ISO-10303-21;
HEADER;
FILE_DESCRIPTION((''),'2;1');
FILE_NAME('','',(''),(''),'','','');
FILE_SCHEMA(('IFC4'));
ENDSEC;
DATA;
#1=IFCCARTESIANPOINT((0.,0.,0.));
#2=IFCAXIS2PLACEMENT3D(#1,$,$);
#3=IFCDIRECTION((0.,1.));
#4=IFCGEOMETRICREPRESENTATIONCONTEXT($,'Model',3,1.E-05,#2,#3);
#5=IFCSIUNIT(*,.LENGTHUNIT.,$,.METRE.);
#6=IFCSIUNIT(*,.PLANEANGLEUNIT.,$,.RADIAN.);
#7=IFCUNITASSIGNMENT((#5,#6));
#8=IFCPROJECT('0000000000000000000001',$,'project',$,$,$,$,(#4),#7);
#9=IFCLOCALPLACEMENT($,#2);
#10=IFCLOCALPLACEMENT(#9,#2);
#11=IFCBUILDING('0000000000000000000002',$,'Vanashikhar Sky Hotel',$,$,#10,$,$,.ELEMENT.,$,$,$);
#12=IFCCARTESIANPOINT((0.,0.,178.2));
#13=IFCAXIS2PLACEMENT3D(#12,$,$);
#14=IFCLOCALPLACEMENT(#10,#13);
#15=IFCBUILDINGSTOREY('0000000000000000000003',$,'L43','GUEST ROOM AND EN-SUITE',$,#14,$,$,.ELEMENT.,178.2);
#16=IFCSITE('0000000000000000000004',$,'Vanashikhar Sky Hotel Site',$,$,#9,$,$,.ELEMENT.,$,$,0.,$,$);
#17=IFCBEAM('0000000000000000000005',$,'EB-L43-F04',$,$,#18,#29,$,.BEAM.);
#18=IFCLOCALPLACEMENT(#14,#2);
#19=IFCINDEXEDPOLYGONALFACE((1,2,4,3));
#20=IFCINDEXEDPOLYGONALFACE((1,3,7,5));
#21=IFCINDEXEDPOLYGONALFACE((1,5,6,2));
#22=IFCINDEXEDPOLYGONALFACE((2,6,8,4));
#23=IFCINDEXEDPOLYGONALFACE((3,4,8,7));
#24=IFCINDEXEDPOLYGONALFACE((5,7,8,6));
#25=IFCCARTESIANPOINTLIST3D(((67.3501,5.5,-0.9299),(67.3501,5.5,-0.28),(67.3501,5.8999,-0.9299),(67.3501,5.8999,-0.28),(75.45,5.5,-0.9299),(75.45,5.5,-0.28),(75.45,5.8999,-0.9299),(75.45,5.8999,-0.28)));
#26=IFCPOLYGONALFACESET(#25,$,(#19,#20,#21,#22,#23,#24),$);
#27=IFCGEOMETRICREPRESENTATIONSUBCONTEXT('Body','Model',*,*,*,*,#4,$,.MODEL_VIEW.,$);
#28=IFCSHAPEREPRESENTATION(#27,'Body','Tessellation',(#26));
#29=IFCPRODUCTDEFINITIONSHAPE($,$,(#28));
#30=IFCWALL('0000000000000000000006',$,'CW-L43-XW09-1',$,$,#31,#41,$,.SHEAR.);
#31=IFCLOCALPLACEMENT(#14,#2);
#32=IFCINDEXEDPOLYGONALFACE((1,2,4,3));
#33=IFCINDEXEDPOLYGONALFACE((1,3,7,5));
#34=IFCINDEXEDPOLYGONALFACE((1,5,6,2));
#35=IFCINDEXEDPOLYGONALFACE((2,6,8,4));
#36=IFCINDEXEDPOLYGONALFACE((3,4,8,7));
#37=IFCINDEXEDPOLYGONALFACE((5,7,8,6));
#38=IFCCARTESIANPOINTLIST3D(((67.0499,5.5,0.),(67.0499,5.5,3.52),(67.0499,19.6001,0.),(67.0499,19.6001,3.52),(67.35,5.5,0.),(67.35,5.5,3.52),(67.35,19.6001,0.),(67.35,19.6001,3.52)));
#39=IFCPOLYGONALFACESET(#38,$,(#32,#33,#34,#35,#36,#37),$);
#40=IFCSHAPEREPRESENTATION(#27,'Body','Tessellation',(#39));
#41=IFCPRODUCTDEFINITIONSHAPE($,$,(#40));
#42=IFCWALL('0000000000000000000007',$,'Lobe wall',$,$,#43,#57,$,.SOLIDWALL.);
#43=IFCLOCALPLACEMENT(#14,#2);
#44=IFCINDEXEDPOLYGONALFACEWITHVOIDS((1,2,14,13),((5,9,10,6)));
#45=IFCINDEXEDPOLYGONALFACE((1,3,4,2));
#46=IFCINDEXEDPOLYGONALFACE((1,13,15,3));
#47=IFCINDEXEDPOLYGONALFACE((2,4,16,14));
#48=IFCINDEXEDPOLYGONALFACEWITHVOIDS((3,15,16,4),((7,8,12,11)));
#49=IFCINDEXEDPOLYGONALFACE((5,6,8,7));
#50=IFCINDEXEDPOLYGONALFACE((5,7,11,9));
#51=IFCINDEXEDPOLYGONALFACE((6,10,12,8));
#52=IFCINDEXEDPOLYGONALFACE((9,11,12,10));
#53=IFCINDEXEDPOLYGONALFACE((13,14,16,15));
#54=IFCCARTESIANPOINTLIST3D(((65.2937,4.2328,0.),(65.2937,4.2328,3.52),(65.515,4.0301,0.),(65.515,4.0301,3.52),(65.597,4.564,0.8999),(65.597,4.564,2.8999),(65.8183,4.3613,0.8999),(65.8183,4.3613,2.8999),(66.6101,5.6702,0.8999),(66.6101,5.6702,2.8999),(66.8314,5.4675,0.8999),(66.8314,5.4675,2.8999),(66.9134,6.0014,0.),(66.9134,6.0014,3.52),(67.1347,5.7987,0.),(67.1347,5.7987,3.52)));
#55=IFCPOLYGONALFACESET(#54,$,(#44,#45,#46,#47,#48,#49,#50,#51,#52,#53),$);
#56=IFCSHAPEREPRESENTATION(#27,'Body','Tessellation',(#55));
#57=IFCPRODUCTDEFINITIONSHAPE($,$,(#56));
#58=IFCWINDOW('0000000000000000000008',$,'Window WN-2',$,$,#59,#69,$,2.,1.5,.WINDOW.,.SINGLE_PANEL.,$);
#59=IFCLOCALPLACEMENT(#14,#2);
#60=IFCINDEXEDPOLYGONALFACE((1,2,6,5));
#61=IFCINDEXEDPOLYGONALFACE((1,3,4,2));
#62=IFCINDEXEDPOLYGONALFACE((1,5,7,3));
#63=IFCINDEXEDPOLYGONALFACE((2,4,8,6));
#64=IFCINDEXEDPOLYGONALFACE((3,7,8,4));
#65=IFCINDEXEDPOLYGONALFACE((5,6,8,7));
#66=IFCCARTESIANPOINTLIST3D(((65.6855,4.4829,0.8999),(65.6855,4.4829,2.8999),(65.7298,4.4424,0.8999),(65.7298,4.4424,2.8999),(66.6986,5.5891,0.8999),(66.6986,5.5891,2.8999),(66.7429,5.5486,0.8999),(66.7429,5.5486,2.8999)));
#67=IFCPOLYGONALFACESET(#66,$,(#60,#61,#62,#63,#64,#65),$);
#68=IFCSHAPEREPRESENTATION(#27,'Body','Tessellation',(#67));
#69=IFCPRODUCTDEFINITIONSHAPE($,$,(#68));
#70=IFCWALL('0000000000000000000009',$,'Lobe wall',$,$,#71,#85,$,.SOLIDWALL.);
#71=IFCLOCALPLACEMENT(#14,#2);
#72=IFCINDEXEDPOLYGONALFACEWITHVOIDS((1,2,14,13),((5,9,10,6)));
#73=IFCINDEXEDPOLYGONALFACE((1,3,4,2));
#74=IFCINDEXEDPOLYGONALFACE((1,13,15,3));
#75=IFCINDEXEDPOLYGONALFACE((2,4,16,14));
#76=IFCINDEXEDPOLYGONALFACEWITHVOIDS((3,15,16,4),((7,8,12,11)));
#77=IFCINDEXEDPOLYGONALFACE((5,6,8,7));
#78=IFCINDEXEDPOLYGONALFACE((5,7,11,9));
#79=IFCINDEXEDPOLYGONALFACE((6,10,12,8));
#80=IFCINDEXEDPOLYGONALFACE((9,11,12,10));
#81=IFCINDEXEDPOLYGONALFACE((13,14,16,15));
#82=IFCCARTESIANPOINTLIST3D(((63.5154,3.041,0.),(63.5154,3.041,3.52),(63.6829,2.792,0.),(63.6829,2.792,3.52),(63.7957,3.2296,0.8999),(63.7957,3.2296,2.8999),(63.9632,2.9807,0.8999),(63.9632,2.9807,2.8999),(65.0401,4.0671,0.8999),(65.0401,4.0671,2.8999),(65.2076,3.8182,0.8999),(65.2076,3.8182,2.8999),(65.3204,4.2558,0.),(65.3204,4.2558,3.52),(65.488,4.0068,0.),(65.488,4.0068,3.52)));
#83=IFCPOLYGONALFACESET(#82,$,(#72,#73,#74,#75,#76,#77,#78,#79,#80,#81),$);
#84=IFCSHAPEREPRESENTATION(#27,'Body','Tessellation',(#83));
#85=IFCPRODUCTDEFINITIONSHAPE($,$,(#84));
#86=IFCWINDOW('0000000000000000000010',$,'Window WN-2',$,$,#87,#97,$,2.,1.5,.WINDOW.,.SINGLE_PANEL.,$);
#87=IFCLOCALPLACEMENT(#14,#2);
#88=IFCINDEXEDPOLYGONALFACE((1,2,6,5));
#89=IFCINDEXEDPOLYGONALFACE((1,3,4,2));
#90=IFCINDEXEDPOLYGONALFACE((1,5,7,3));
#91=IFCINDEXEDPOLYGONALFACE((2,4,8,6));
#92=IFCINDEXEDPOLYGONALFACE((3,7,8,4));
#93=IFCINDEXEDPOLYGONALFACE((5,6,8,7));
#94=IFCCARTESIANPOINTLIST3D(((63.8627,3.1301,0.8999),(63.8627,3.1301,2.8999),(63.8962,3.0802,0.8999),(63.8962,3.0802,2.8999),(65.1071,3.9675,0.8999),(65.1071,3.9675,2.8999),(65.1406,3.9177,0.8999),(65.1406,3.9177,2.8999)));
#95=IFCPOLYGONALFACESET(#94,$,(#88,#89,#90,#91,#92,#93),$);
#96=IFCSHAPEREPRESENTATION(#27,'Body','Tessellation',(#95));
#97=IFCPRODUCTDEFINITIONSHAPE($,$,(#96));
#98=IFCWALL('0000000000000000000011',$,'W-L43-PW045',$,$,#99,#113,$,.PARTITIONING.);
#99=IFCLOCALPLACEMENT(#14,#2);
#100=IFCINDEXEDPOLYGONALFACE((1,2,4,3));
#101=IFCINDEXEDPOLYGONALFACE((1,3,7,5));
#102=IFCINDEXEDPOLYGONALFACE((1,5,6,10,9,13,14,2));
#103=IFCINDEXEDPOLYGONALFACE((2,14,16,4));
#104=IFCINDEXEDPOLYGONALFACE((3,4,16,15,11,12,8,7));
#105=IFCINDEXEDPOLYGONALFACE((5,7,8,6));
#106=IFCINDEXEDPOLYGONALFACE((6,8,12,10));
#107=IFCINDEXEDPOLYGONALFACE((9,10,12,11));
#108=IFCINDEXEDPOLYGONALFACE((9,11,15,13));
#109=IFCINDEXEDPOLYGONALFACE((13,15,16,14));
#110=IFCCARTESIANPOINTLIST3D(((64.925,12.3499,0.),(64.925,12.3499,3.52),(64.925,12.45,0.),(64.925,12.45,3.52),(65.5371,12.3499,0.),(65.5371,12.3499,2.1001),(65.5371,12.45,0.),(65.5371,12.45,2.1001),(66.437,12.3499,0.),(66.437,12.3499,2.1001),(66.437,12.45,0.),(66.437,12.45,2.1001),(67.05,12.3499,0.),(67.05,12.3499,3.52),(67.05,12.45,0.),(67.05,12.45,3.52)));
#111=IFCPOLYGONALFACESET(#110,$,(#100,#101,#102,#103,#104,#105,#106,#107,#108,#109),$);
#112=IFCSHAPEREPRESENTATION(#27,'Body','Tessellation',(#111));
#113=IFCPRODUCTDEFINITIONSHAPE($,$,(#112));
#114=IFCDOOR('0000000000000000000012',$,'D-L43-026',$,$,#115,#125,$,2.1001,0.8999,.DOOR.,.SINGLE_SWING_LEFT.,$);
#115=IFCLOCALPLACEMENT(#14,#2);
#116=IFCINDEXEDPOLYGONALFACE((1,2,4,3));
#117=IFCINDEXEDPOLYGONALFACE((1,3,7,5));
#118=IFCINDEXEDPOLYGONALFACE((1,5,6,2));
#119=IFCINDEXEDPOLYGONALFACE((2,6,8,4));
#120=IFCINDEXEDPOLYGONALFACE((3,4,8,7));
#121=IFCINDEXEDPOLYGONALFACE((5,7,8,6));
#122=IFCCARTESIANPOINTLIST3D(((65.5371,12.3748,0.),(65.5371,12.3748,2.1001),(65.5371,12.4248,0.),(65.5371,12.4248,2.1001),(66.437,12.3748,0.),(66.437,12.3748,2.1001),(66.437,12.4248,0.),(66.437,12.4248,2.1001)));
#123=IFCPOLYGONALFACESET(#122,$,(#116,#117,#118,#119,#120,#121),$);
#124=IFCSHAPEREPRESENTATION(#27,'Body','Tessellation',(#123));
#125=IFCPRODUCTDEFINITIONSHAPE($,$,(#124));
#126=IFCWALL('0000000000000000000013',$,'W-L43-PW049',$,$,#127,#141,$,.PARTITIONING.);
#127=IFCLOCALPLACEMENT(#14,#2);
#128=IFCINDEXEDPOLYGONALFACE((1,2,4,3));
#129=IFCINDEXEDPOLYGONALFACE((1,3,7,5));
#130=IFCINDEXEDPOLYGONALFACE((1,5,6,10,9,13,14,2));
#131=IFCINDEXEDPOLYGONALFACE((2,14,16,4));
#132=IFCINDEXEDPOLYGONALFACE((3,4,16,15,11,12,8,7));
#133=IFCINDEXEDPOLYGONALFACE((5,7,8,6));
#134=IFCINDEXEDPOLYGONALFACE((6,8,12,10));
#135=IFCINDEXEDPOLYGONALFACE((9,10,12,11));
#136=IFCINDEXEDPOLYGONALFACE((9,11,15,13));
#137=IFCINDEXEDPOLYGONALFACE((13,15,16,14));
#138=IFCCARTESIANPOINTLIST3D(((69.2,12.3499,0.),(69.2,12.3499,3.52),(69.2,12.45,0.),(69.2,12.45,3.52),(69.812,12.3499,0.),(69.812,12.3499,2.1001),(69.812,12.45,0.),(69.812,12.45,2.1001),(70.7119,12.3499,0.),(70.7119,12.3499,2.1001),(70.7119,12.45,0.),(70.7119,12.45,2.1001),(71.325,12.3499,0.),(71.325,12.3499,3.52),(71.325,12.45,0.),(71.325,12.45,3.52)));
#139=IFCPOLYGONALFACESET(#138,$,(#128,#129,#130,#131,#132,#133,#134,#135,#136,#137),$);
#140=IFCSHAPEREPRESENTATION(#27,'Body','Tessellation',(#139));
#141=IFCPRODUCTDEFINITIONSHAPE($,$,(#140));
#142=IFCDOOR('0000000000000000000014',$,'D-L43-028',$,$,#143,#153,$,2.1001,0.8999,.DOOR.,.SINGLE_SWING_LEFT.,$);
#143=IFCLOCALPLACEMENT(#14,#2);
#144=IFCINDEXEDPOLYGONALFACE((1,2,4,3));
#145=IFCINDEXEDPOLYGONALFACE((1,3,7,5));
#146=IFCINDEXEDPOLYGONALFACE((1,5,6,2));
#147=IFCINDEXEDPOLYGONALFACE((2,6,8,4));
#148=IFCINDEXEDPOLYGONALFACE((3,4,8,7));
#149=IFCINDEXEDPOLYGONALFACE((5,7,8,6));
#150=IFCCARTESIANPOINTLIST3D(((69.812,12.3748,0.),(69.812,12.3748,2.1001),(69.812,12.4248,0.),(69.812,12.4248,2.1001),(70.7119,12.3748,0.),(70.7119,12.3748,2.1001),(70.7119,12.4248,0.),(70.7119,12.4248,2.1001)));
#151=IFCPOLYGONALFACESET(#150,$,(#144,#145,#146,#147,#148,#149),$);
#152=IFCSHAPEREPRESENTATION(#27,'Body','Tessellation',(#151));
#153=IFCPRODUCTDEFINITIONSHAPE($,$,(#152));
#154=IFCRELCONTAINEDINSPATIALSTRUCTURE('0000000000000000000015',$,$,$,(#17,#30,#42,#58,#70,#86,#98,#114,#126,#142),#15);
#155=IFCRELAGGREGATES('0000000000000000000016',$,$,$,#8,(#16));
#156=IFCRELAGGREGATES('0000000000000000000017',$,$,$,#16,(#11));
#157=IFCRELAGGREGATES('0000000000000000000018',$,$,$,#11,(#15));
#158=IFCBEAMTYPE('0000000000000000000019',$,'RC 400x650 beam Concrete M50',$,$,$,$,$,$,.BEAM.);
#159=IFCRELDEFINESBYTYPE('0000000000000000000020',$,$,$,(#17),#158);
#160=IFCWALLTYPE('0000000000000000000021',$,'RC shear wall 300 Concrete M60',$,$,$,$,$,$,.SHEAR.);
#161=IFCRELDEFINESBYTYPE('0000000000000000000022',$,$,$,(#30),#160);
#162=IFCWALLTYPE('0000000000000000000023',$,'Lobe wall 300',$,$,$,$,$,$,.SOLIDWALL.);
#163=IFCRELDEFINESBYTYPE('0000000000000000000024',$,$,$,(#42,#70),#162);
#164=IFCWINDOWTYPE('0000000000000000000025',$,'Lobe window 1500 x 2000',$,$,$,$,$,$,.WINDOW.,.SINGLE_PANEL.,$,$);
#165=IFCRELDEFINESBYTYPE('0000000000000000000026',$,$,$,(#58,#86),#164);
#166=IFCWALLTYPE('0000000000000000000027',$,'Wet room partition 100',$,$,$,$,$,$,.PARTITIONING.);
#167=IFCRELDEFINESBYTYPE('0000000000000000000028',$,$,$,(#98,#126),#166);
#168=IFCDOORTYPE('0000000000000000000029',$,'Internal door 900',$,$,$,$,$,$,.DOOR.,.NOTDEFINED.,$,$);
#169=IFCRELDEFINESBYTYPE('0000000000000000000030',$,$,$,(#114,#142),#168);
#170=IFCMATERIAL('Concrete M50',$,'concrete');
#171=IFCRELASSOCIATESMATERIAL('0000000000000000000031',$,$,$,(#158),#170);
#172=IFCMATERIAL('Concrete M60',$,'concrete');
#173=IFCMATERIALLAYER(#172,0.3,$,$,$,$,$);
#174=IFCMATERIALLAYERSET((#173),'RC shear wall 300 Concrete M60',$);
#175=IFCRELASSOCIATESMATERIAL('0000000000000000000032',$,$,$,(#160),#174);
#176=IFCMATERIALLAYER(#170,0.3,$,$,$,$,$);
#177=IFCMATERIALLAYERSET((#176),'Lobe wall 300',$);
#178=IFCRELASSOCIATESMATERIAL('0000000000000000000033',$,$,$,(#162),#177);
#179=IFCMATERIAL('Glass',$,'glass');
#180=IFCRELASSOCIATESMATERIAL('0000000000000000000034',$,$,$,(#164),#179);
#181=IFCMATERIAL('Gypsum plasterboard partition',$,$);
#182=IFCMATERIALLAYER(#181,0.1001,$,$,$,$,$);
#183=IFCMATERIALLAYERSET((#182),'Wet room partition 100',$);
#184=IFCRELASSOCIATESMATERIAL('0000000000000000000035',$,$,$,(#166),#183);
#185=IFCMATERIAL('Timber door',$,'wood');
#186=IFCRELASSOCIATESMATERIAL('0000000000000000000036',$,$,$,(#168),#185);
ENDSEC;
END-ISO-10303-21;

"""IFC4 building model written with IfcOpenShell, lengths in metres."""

from ifc_helpers import new_model, si_unit, direction, frame, frame_2d, origin, origin_2d, place, context, subcontext, project, spatial, rectangle, extrude, source, transform, mapped, material, layer, layer_set, material_profile, profile_set, type_object, element, fill, save


model = new_model("IFC4")

# Units and contexts
model_context = context("Model", 3, precision=1e-05, world=origin(), true_north=direction((0.0, 1.0)))
body_context = subcontext(model_context, "Body", "Model", "MODEL_VIEW")
ifc_project = project(units=[si_unit("LENGTHUNIT", "METRE"), si_unit("PLANEANGLEUNIT", "RADIAN")], contexts=[model_context])

# Site, building, storey
site_placement = place(None, origin())
site = spatial("IfcSite", under=ifc_project, at=site_placement, Name="Vanashikhar Sky Hotel Site", CompositionType="ELEMENT", RefElevation=0.0)
building_placement = place(site_placement, origin())
building = spatial("IfcBuilding", under=site, at=building_placement, Name="Vanashikhar Sky Hotel", CompositionType="ELEMENT")
storey_placement = place(building_placement, frame((0.0, 0.0, 178.2)))
storey = spatial("IfcBuildingStorey", under=building, at=storey_placement, Name="L43", Description="GUEST ROOM AND EN-SUITE", CompositionType="ELEMENT", Elevation=178.2)

# Beam
ifc_material_1 = material(Name="Concrete M50", Category="concrete")
ifc_material_profile_1 = material_profile(ifc_material_1, rectangle(XDim=0.3999, YDim=0.6499, at=origin_2d()))
ifc_profile_set_1 = profile_set([ifc_material_profile_1], Name="RC 400x650 beam Concrete M50")
beam_type = type_object("IfcBeamType", Name="RC 400x650 beam Concrete M50", PredefinedType="BEAM", material=ifc_profile_set_1)
shared_shape_1 = source(origin(), body_context, "Body", "SweptSolid", [
    extrude(rectangle(XDim=0.3999, YDim=0.6499, at=origin_2d()), origin(), (0.0, 0.0, 1.0), 8.0999),
])
beam_placement = place(storey_placement, frame((67.3501, 5.7, -0.605), z_axis=(1.0, 0.0, 0.0), x_axis=(0.0, 1.0, 0.0)))
element("IfcBeam", 1, at=beam_placement, inside=storey, type_object=beam_type, Name="EB-L43-F04", PredefinedType="BEAM", context=body_context, shape_type="MappedRepresentation", body=[
    mapped(shared_shape_1, transform((0.0, 0.0, 0.0), scale=1.0)),
])

# Wall
ifc_material_2 = material(Name="Concrete M60", Category="concrete")
ifc_layer_1 = layer(ifc_material_2, 0.3)
ifc_layer_set_1 = layer_set([ifc_layer_1], Name="RC shear wall 300 Concrete M60")
wall_type_1 = type_object("IfcWallType", Name="RC shear wall 300 Concrete M60", PredefinedType="SHEAR", material=ifc_layer_set_1)
shared_shape_2 = source(origin(), body_context, "Body", "SweptSolid", [
    extrude(rectangle(XDim=14.1001, YDim=0.3, at=frame_2d((7.05, 0.0))), origin(), (0.0, 0.0, 1.0), 3.52),
])
wall_1_placement = place(storey_placement, frame((67.2, 5.5, 0.0), z_axis=(0.0, 0.0, 1.0), x_axis=(0.0, 1.0, 0.0)))
element("IfcWall", 2, at=wall_1_placement, inside=storey, type_object=wall_type_1, Name="CW-L43-XW09-1", PredefinedType="SHEAR", context=body_context, shape_type="MappedRepresentation", body=[
    mapped(shared_shape_2, transform((0.0, 0.0, 0.0), scale=1.0)),
])

# Walls, openings, windows
ifc_layer_2 = layer(ifc_material_1, 0.3)
ifc_layer_set_2 = layer_set([ifc_layer_2], Name="Lobe wall 300")
wall_type_2 = type_object("IfcWallType", Name="Lobe wall 300", PredefinedType="SOLIDWALL", material=ifc_layer_set_2)
shared_shape_3 = source(origin(), body_context, "Body", "SweptSolid", [
    extrude(rectangle(XDim=2.3982, YDim=0.3, at=frame_2d((1.1992, 0.0))), origin(), (0.0, 0.0, 1.0), 3.52),
])
wall_2_placement = place(storey_placement, frame((65.4043, 4.1313, 0.0), z_axis=(0.0, 0.0, 1.0), x_axis=(0.675374, 0.737475, 0.0)))
wall_2 = element("IfcWall", 3, at=wall_2_placement, inside=storey, type_object=wall_type_2, Name="Lobe wall", PredefinedType="SOLIDWALL", context=body_context, shape_type="MappedRepresentation", body=[
    mapped(shared_shape_3, transform((0.0, 0.0, 0.0), scale=1.0)),
])
shared_shape_4 = source(origin(), body_context, "Body", "SweptSolid", [
    extrude(rectangle(XDim=1.5, YDim=2.0, at=frame_2d((0.75, 1.0))), frame((0.0, 0.1602, 0.0), z_axis=(0.0, -1.0, 0.0), x_axis=(1.0, 0.0, 0.0)), (0.0, 0.0, 1.0), 0.3201),
])
opening_1_placement = place(wall_2_placement, frame((0.4492, 0.0, 0.8999)))
opening_1 = element("IfcOpeningElement", 4, at=opening_1_placement, cuts=wall_2, PredefinedType="OPENING", context=body_context, shape_type="MappedRepresentation", body=[
    mapped(shared_shape_4, transform((0.0, 0.0, 0.0), scale=1.0)),
])
ifc_material_3 = material(Name="Glass", Category="glass")
window_type_1 = type_object("IfcWindowType", Name="Lobe window 1500 x 2000", PartitioningType="SINGLE_PANEL", PredefinedType="WINDOW", material=ifc_material_3)
shared_shape_5 = source(origin(), body_context, "Body", "SweptSolid", [
    extrude(rectangle(XDim=1.5, YDim=2.0, at=frame_2d((0.75, 1.0))), frame((0.0, 0.03, 0.0), z_axis=(0.0, -1.0, 0.0), x_axis=(1.0, 0.0, 0.0)), (0.0, 0.0, 1.0), 0.0601),
])
window_1_placement = place(opening_1_placement, origin())
window_1 = element("IfcWindow", 5, at=window_1_placement, inside=storey, type_object=window_type_1, Name="Window WN-2", OverallHeight=2.0, OverallWidth=1.5, PartitioningType="SINGLE_PANEL", PredefinedType="WINDOW", context=body_context, shape_type="MappedRepresentation", body=[
    mapped(shared_shape_5, transform((0.0, 0.0, 0.0), scale=1.0)),
])
fill(opening_1, window_1)
shared_shape_6 = source(origin(), body_context, "Body", "SweptSolid", [
    extrude(rectangle(XDim=2.1758, YDim=0.3, at=frame_2d((1.0879, 0.0))), origin(), (0.0, 0.0, 1.0), 3.52),
])
wall_3_placement = place(storey_placement, frame((63.5991, 2.9165, 0.0), z_axis=(0.0, 0.0, 1.0), x_axis=(0.829626, 0.55832, 0.0)))
wall_3 = element("IfcWall", 6, at=wall_3_placement, inside=storey, type_object=wall_type_2, Name="Lobe wall", PredefinedType="SOLIDWALL", context=body_context, shape_type="MappedRepresentation", body=[
    mapped(shared_shape_6, transform((0.0, 0.0, 0.0), scale=1.0)),
])
opening_2_placement = place(wall_3_placement, frame((0.3379, 0.0, 0.8999)))
opening_2 = element("IfcOpeningElement", 7, at=opening_2_placement, cuts=wall_3, PredefinedType="OPENING", context=body_context, shape_type="MappedRepresentation", body=[
    mapped(shared_shape_4, transform((0.0, 0.0, 0.0), scale=1.0)),
])
window_2_placement = place(opening_2_placement, origin())
window_2 = element("IfcWindow", 8, at=window_2_placement, inside=storey, type_object=window_type_1, Name="Window WN-2", OverallHeight=2.0, OverallWidth=1.5, PartitioningType="SINGLE_PANEL", PredefinedType="WINDOW", context=body_context, shape_type="MappedRepresentation", body=[
    mapped(shared_shape_5, transform((0.0, 0.0, 0.0), scale=1.0)),
])
fill(opening_2, window_2)

# Walls, openings, doors
ifc_material_4 = material(Name="Gypsum plasterboard partition")
ifc_layer_3 = layer(ifc_material_4, 0.1001)
ifc_layer_set_3 = layer_set([ifc_layer_3], Name="Wet room partition 100")
wall_type_3 = type_object("IfcWallType", Name="Wet room partition 100", PredefinedType="PARTITIONING", material=ifc_layer_set_3)
shared_shape_7 = source(origin(), body_context, "Body", "SweptSolid", [
    extrude(rectangle(XDim=2.125, YDim=0.1001, at=frame_2d((1.0625, 0.0))), origin(), (0.0, 0.0, 1.0), 3.52),
])
wall_4_placement = place(storey_placement, frame((64.925, 12.3999, 0.0), z_axis=(0.0, 0.0, 1.0), x_axis=(1.0, 0.0, 0.0)))
wall_4 = element("IfcWall", 9, at=wall_4_placement, inside=storey, type_object=wall_type_3, Name="W-L43-PW045", PredefinedType="PARTITIONING", context=body_context, shape_type="MappedRepresentation", body=[
    mapped(shared_shape_7, transform((0.0, 0.0, 0.0), scale=1.0)),
])
shared_shape_8 = source(origin(), body_context, "Body", "SweptSolid", [
    extrude(rectangle(XDim=0.8999, YDim=2.1001, at=frame_2d((0.45, 1.05))), frame((0.0, 0.0601, 0.0), z_axis=(0.0, -1.0, 0.0), x_axis=(1.0, 0.0, 0.0)), (0.0, 0.0, 1.0), 0.1201),
])
opening_3_placement = place(wall_4_placement, frame((0.6121, 0.0, 0.0)))
opening_3 = element("IfcOpeningElement", 10, at=opening_3_placement, cuts=wall_4, PredefinedType="OPENING", context=body_context, shape_type="MappedRepresentation", body=[
    mapped(shared_shape_8, transform((0.0, 0.0, 0.0), scale=1.0)),
])
ifc_material_5 = material(Name="Timber door", Category="wood")
door_type_1 = type_object("IfcDoorType", Name="Internal door 900", OperationType="NOTDEFINED", PredefinedType="DOOR", material=ifc_material_5)
shared_shape_9 = source(origin(), body_context, "Body", "SweptSolid", [
    extrude(rectangle(XDim=0.8999, YDim=2.1001, at=frame_2d((0.45, 1.05))), frame((0.0, 0.0249, 0.0), z_axis=(0.0, -1.0, 0.0), x_axis=(1.0, 0.0, 0.0)), (0.0, 0.0, 1.0), 0.05),
])
door_1_placement = place(opening_3_placement, origin())
door_1 = element("IfcDoor", 11, at=door_1_placement, inside=storey, type_object=door_type_1, Name="D-L43-026", OperationType="SINGLE_SWING_LEFT", OverallHeight=2.1001, OverallWidth=0.8999, PredefinedType="DOOR", context=body_context, shape_type="MappedRepresentation", body=[
    mapped(shared_shape_9, transform((0.0, 0.0, 0.0), scale=1.0)),
])
fill(opening_3, door_1)
wall_5_placement = place(storey_placement, frame((69.2, 12.3999, 0.0), z_axis=(0.0, 0.0, 1.0), x_axis=(1.0, 0.0, 0.0)))
wall_5 = element("IfcWall", 12, at=wall_5_placement, inside=storey, type_object=wall_type_3, Name="W-L43-PW049", PredefinedType="PARTITIONING", context=body_context, shape_type="MappedRepresentation", body=[
    mapped(shared_shape_7, transform((0.0, 0.0, 0.0), scale=1.0)),
])
opening_4_placement = place(wall_5_placement, frame((0.6121, 0.0, 0.0)))
opening_4 = element("IfcOpeningElement", 13, at=opening_4_placement, cuts=wall_5, PredefinedType="OPENING", context=body_context, shape_type="MappedRepresentation", body=[
    mapped(shared_shape_8, transform((0.0, 0.0, 0.0), scale=1.0)),
])
door_2_placement = place(opening_4_placement, origin())
door_2 = element("IfcDoor", 14, at=door_2_placement, inside=storey, type_object=door_type_1, Name="D-L43-028", OperationType="SINGLE_SWING_LEFT", OverallHeight=2.1001, OverallWidth=0.8999, PredefinedType="DOOR", context=body_context, shape_type="MappedRepresentation", body=[
    mapped(shared_shape_9, transform((0.0, 0.0, 0.0), scale=1.0)),
])
fill(opening_4, door_2)

save(model, "model.ifc")
